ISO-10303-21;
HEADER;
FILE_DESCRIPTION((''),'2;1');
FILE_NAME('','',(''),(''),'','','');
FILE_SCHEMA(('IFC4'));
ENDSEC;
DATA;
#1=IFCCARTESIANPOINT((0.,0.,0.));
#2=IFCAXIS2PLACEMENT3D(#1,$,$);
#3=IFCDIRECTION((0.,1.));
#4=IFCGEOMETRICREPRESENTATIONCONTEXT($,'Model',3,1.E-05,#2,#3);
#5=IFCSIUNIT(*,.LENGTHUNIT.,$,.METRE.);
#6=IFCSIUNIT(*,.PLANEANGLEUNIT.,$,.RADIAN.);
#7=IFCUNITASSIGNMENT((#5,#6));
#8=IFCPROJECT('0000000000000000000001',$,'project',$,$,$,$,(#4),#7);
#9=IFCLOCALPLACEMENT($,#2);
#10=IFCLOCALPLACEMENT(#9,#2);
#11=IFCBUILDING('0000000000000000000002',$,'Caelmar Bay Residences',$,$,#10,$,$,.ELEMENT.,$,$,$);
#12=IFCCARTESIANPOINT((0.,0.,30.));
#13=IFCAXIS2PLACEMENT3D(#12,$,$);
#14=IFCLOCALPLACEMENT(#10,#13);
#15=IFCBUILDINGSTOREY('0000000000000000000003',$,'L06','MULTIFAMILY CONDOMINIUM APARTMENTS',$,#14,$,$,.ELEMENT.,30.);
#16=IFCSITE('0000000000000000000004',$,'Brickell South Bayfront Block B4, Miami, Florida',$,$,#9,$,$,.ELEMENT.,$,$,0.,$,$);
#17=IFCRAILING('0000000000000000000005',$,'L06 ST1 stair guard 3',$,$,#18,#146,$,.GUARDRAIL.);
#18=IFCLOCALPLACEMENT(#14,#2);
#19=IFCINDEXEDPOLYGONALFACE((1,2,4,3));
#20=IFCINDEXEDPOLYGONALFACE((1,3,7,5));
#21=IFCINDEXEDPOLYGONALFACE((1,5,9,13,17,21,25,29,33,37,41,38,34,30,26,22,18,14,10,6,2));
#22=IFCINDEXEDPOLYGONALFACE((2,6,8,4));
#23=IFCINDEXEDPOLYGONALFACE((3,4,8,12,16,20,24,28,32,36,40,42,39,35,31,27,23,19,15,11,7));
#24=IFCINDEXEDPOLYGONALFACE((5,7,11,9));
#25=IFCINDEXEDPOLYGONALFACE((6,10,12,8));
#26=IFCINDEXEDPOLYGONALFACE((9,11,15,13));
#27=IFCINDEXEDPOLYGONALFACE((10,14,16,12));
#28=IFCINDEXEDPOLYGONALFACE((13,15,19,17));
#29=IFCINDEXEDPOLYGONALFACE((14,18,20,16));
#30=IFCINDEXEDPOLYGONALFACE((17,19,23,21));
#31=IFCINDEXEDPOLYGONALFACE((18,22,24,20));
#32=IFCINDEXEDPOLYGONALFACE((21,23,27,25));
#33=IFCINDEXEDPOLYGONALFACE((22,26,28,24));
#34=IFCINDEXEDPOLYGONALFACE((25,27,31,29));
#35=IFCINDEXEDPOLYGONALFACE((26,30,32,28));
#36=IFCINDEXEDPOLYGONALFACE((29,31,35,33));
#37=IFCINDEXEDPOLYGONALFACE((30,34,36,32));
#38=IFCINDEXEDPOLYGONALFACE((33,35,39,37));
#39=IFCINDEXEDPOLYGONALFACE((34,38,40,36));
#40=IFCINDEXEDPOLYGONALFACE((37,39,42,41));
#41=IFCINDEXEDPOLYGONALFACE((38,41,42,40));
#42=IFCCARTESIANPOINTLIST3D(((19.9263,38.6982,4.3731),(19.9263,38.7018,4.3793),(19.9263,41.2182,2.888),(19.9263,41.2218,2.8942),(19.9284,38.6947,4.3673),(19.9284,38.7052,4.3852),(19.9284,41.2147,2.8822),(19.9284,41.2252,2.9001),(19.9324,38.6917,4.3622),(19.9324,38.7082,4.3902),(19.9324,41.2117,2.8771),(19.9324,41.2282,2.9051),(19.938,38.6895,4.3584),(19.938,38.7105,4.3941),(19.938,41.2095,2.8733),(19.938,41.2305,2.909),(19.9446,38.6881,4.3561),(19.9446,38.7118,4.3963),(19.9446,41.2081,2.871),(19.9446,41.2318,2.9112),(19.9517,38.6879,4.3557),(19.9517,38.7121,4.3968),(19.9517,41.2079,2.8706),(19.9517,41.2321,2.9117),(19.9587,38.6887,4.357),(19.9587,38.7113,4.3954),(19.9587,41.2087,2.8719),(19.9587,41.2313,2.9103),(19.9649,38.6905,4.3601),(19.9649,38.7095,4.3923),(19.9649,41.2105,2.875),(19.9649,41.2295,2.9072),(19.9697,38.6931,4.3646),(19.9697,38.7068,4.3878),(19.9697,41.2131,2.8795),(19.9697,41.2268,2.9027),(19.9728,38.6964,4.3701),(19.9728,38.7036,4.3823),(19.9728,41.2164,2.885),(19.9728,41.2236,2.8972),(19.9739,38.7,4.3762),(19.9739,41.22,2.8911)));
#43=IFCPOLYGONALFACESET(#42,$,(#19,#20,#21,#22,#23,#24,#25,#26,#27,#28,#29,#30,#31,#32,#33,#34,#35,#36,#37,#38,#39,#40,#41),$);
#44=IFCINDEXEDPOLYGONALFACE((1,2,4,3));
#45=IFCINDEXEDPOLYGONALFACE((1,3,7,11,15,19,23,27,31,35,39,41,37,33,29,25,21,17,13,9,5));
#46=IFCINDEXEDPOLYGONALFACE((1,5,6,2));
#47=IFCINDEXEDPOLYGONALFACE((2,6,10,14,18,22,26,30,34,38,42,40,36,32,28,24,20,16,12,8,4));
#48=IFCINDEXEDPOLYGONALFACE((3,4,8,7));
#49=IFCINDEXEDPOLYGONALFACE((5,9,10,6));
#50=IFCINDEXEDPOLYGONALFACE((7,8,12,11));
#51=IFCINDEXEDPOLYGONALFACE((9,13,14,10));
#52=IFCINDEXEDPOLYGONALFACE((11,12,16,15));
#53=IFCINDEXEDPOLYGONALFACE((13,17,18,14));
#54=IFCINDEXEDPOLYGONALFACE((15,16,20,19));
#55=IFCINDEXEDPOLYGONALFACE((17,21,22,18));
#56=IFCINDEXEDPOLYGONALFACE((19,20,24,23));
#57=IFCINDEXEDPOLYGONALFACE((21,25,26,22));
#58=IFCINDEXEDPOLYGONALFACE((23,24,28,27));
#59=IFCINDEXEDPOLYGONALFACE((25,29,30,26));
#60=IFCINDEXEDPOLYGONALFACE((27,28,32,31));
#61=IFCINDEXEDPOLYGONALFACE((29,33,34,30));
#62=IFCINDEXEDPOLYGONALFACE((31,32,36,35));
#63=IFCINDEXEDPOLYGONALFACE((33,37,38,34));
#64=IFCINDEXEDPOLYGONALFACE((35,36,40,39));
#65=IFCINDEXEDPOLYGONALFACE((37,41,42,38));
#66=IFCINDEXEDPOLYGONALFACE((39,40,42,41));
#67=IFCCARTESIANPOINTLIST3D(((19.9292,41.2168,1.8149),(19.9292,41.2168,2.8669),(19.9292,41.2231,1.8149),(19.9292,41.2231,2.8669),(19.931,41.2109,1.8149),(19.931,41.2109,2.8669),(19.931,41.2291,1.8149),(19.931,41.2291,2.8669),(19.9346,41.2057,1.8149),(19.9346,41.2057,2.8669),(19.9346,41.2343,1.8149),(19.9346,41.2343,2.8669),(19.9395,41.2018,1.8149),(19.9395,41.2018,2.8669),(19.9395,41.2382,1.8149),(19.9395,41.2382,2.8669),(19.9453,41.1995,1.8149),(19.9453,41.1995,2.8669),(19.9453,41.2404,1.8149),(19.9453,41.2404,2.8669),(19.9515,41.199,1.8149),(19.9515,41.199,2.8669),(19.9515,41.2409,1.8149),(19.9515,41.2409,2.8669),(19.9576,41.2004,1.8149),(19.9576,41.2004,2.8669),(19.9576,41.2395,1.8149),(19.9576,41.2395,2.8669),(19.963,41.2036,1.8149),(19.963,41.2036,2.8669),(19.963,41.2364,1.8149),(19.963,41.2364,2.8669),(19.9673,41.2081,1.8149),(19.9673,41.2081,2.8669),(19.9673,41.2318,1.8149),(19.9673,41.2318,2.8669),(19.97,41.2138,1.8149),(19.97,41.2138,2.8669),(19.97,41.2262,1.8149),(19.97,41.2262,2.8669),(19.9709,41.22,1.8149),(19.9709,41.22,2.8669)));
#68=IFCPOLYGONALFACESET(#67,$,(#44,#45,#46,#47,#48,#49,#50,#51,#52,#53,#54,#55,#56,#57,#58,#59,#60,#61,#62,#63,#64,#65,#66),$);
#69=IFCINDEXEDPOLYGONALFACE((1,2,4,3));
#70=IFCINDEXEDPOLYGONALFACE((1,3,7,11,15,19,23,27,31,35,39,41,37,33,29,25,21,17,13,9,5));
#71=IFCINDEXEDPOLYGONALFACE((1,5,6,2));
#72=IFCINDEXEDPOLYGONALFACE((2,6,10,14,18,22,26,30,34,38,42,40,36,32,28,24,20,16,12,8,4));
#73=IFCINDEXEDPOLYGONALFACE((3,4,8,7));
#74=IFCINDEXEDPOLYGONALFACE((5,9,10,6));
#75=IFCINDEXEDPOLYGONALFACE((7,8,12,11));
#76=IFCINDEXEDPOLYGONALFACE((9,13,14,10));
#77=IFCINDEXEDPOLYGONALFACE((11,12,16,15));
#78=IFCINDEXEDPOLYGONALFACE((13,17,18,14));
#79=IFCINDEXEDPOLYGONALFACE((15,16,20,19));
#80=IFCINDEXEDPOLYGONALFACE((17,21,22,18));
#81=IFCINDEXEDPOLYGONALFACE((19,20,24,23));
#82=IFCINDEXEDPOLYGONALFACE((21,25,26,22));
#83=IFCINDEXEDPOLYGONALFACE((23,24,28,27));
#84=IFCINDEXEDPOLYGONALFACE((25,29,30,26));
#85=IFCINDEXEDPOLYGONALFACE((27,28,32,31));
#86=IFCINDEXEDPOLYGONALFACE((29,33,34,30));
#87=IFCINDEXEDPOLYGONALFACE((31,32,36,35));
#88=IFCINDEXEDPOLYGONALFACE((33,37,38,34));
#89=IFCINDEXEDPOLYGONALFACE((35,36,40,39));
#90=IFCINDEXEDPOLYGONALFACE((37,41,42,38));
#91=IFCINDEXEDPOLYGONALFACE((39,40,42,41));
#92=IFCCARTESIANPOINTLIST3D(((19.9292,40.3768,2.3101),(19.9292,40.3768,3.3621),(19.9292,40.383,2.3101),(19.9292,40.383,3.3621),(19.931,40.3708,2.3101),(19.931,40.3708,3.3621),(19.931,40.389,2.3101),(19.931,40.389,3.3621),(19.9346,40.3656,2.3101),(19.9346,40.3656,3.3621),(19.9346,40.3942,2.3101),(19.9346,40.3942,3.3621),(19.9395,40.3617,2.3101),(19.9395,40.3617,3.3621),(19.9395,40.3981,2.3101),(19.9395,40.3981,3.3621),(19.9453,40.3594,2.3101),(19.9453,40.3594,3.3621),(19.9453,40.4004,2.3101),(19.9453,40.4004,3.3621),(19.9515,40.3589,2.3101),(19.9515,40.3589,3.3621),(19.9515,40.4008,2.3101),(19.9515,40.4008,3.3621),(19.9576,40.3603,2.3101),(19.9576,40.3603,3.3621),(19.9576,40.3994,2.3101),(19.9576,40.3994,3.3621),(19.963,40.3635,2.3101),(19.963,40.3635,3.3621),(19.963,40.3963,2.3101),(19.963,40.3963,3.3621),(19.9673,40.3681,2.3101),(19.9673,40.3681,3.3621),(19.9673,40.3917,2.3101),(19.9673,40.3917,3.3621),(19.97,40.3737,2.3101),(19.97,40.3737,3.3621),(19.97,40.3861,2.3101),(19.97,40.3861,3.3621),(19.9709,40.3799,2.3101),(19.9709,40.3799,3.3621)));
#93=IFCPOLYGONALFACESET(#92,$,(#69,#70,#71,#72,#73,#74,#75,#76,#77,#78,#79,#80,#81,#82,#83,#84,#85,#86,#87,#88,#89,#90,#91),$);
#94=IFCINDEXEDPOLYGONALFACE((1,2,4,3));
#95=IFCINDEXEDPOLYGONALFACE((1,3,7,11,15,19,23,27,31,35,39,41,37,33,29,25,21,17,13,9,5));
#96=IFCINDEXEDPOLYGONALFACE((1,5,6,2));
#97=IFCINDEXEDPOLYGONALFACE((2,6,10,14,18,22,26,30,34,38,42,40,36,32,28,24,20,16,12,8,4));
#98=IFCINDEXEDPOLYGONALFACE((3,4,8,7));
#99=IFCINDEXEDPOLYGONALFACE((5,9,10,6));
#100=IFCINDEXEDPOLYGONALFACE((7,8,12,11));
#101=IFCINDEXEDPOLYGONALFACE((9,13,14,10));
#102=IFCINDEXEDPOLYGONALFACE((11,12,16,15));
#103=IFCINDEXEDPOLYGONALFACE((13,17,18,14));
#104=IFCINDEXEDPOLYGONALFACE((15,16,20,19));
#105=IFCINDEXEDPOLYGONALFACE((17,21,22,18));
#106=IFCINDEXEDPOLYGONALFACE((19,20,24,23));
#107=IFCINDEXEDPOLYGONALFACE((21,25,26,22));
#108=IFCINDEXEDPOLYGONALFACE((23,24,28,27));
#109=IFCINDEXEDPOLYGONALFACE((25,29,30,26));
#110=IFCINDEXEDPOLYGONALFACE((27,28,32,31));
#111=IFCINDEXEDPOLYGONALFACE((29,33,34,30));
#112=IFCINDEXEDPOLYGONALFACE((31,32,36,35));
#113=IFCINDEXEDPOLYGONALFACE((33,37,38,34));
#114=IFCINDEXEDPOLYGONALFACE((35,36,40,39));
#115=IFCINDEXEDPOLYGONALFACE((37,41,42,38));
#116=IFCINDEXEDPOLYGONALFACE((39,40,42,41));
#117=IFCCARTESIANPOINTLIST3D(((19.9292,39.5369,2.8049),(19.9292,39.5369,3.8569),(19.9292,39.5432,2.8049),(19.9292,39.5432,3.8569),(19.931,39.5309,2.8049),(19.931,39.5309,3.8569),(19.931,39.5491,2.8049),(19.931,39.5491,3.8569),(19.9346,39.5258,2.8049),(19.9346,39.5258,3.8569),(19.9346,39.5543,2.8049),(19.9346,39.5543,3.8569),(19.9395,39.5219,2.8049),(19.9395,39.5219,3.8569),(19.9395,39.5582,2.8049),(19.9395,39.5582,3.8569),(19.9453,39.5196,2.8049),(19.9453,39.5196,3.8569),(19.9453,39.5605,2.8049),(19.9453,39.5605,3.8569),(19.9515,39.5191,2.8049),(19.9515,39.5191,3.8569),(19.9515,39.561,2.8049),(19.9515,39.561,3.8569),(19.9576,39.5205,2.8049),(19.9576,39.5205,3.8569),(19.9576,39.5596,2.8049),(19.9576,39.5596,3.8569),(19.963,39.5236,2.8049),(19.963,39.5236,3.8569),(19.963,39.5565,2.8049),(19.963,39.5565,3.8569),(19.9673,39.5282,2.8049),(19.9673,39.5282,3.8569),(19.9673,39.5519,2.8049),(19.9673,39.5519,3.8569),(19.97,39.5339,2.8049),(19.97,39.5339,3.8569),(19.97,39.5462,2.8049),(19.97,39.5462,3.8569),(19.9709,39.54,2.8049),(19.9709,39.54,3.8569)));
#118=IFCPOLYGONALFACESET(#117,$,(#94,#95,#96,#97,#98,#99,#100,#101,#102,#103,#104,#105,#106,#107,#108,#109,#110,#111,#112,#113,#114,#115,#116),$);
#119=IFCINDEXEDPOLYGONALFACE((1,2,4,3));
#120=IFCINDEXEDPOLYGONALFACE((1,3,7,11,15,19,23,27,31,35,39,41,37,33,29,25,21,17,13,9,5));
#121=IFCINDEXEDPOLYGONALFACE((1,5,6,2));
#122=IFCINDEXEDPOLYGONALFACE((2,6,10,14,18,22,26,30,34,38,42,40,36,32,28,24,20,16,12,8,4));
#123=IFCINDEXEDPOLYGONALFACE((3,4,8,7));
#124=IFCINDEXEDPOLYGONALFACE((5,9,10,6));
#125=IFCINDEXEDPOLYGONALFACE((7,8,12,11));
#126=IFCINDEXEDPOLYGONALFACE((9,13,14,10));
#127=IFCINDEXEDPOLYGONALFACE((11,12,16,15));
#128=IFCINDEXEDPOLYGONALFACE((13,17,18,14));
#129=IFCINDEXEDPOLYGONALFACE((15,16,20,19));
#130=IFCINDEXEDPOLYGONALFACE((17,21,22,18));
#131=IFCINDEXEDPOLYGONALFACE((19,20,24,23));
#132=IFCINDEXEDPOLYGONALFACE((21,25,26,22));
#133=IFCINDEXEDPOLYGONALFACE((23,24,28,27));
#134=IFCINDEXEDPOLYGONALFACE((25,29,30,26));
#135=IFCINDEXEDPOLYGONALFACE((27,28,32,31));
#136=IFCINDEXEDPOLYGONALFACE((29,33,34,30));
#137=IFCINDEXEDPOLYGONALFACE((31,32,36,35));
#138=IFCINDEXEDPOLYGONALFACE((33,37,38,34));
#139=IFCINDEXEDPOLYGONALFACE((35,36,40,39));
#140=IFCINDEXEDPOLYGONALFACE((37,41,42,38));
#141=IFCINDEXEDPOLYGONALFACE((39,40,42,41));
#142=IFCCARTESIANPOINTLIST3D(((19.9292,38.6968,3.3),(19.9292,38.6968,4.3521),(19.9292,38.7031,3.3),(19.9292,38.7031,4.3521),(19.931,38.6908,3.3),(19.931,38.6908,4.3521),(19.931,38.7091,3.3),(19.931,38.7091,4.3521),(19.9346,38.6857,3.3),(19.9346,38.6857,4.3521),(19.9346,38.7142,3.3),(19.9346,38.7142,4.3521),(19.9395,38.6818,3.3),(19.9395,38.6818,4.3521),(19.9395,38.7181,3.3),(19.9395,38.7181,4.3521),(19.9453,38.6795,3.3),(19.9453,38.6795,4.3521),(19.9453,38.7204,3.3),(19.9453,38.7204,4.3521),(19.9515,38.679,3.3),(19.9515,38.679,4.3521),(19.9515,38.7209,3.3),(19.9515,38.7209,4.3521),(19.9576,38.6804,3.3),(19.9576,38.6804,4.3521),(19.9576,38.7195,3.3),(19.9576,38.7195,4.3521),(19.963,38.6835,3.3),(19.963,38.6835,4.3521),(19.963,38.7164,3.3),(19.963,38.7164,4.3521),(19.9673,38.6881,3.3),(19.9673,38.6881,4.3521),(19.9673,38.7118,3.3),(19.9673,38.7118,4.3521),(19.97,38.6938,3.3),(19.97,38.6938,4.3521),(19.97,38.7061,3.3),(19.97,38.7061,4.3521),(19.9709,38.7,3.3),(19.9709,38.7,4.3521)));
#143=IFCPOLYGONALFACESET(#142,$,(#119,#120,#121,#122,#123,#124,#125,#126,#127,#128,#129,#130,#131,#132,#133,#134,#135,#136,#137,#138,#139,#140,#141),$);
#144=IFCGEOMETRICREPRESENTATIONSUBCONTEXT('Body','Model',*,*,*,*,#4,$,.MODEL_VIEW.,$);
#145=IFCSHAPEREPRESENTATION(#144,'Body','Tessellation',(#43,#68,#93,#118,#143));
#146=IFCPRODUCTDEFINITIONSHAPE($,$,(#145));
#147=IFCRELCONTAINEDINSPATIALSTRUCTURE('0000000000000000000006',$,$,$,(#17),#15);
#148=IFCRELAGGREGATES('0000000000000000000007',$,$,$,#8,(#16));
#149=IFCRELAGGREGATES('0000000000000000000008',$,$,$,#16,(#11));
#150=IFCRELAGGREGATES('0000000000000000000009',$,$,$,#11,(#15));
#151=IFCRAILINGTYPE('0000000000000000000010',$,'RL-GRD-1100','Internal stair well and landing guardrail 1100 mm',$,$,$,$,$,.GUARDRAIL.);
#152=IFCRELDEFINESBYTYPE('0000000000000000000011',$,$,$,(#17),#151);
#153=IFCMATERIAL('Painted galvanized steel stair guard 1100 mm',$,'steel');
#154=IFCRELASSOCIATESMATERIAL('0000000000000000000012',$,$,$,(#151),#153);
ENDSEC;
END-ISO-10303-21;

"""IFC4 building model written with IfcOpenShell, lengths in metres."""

from ifc_helpers import new_model, si_unit, direction, frame, origin, origin_2d, place, context, subcontext, project, spatial, circle, extrude, material, type_object, element, save


model = new_model("IFC4")

# Units and contexts
model_context = context("Model", 3, precision=1e-05, world=origin(), true_north=direction((0.0, 1.0)))
body_context = subcontext(model_context, "Body", "Model", "MODEL_VIEW")
ifc_project = project(units=[si_unit("LENGTHUNIT", "METRE"), si_unit("PLANEANGLEUNIT", "RADIAN")], contexts=[model_context])

# Site, building, storey
site_placement = place(None, origin())
site = spatial("IfcSite", under=ifc_project, at=site_placement, Name="Brickell South Bayfront Block B4, Miami, Florida", CompositionType="ELEMENT", RefElevation=0.0)
building_placement = place(site_placement, origin())
building = spatial("IfcBuilding", under=site, at=building_placement, Name="Caelmar Bay Residences", CompositionType="ELEMENT")
storey_placement = place(building_placement, frame((0.0, 0.0, 30.0)))
storey = spatial("IfcBuildingStorey", under=building, at=storey_placement, Name="L06", Description="MULTIFAMILY CONDOMINIUM APARTMENTS", CompositionType="ELEMENT", Elevation=30.0)

# Railing
ifc_material_1 = material(Name="Painted galvanized steel stair guard 1100 mm", Category="steel")
railing_type_1 = type_object("IfcRailingType", Name="RL-GRD-1100", Description="Internal stair well and landing guardrail 1100 mm", PredefinedType="GUARDRAIL", material=ifc_material_1)
railing_1_placement = place(storey_placement, frame((19.95, 41.22, 1.8149)))
element("IfcRailing", 1, at=railing_1_placement, inside=storey, type_object=railing_type_1, Name="L06 ST1 stair guard 3", PredefinedType="GUARDRAIL", context=body_context, shape_type="SweptSolid", body=[
    extrude(circle(Radius=0.0239, at=origin_2d()), frame((0.0, 0.0, 1.0762), z_axis=(0.0, -0.861524, 0.507717), x_axis=(1.0, 0.0, 0.0)), (0.0, 0.0, 1.0), 2.925),
    extrude(circle(Radius=0.021, at=origin_2d()), origin(), (0.0, 0.0, 1.0), 1.052),
    extrude(circle(Radius=0.021, at=origin_2d()), frame((0.0, -0.8401, 0.4951)), (0.0, 0.0, 1.0), 1.052),
    extrude(circle(Radius=0.021, at=origin_2d()), frame((0.0, -1.6799, 0.99)), (0.0, 0.0, 1.0), 1.052),
    extrude(circle(Radius=0.021, at=origin_2d()), frame((0.0, -2.52, 1.4851)), (0.0, 0.0, 1.0), 1.052),
])

save(model, "model.ifc")
